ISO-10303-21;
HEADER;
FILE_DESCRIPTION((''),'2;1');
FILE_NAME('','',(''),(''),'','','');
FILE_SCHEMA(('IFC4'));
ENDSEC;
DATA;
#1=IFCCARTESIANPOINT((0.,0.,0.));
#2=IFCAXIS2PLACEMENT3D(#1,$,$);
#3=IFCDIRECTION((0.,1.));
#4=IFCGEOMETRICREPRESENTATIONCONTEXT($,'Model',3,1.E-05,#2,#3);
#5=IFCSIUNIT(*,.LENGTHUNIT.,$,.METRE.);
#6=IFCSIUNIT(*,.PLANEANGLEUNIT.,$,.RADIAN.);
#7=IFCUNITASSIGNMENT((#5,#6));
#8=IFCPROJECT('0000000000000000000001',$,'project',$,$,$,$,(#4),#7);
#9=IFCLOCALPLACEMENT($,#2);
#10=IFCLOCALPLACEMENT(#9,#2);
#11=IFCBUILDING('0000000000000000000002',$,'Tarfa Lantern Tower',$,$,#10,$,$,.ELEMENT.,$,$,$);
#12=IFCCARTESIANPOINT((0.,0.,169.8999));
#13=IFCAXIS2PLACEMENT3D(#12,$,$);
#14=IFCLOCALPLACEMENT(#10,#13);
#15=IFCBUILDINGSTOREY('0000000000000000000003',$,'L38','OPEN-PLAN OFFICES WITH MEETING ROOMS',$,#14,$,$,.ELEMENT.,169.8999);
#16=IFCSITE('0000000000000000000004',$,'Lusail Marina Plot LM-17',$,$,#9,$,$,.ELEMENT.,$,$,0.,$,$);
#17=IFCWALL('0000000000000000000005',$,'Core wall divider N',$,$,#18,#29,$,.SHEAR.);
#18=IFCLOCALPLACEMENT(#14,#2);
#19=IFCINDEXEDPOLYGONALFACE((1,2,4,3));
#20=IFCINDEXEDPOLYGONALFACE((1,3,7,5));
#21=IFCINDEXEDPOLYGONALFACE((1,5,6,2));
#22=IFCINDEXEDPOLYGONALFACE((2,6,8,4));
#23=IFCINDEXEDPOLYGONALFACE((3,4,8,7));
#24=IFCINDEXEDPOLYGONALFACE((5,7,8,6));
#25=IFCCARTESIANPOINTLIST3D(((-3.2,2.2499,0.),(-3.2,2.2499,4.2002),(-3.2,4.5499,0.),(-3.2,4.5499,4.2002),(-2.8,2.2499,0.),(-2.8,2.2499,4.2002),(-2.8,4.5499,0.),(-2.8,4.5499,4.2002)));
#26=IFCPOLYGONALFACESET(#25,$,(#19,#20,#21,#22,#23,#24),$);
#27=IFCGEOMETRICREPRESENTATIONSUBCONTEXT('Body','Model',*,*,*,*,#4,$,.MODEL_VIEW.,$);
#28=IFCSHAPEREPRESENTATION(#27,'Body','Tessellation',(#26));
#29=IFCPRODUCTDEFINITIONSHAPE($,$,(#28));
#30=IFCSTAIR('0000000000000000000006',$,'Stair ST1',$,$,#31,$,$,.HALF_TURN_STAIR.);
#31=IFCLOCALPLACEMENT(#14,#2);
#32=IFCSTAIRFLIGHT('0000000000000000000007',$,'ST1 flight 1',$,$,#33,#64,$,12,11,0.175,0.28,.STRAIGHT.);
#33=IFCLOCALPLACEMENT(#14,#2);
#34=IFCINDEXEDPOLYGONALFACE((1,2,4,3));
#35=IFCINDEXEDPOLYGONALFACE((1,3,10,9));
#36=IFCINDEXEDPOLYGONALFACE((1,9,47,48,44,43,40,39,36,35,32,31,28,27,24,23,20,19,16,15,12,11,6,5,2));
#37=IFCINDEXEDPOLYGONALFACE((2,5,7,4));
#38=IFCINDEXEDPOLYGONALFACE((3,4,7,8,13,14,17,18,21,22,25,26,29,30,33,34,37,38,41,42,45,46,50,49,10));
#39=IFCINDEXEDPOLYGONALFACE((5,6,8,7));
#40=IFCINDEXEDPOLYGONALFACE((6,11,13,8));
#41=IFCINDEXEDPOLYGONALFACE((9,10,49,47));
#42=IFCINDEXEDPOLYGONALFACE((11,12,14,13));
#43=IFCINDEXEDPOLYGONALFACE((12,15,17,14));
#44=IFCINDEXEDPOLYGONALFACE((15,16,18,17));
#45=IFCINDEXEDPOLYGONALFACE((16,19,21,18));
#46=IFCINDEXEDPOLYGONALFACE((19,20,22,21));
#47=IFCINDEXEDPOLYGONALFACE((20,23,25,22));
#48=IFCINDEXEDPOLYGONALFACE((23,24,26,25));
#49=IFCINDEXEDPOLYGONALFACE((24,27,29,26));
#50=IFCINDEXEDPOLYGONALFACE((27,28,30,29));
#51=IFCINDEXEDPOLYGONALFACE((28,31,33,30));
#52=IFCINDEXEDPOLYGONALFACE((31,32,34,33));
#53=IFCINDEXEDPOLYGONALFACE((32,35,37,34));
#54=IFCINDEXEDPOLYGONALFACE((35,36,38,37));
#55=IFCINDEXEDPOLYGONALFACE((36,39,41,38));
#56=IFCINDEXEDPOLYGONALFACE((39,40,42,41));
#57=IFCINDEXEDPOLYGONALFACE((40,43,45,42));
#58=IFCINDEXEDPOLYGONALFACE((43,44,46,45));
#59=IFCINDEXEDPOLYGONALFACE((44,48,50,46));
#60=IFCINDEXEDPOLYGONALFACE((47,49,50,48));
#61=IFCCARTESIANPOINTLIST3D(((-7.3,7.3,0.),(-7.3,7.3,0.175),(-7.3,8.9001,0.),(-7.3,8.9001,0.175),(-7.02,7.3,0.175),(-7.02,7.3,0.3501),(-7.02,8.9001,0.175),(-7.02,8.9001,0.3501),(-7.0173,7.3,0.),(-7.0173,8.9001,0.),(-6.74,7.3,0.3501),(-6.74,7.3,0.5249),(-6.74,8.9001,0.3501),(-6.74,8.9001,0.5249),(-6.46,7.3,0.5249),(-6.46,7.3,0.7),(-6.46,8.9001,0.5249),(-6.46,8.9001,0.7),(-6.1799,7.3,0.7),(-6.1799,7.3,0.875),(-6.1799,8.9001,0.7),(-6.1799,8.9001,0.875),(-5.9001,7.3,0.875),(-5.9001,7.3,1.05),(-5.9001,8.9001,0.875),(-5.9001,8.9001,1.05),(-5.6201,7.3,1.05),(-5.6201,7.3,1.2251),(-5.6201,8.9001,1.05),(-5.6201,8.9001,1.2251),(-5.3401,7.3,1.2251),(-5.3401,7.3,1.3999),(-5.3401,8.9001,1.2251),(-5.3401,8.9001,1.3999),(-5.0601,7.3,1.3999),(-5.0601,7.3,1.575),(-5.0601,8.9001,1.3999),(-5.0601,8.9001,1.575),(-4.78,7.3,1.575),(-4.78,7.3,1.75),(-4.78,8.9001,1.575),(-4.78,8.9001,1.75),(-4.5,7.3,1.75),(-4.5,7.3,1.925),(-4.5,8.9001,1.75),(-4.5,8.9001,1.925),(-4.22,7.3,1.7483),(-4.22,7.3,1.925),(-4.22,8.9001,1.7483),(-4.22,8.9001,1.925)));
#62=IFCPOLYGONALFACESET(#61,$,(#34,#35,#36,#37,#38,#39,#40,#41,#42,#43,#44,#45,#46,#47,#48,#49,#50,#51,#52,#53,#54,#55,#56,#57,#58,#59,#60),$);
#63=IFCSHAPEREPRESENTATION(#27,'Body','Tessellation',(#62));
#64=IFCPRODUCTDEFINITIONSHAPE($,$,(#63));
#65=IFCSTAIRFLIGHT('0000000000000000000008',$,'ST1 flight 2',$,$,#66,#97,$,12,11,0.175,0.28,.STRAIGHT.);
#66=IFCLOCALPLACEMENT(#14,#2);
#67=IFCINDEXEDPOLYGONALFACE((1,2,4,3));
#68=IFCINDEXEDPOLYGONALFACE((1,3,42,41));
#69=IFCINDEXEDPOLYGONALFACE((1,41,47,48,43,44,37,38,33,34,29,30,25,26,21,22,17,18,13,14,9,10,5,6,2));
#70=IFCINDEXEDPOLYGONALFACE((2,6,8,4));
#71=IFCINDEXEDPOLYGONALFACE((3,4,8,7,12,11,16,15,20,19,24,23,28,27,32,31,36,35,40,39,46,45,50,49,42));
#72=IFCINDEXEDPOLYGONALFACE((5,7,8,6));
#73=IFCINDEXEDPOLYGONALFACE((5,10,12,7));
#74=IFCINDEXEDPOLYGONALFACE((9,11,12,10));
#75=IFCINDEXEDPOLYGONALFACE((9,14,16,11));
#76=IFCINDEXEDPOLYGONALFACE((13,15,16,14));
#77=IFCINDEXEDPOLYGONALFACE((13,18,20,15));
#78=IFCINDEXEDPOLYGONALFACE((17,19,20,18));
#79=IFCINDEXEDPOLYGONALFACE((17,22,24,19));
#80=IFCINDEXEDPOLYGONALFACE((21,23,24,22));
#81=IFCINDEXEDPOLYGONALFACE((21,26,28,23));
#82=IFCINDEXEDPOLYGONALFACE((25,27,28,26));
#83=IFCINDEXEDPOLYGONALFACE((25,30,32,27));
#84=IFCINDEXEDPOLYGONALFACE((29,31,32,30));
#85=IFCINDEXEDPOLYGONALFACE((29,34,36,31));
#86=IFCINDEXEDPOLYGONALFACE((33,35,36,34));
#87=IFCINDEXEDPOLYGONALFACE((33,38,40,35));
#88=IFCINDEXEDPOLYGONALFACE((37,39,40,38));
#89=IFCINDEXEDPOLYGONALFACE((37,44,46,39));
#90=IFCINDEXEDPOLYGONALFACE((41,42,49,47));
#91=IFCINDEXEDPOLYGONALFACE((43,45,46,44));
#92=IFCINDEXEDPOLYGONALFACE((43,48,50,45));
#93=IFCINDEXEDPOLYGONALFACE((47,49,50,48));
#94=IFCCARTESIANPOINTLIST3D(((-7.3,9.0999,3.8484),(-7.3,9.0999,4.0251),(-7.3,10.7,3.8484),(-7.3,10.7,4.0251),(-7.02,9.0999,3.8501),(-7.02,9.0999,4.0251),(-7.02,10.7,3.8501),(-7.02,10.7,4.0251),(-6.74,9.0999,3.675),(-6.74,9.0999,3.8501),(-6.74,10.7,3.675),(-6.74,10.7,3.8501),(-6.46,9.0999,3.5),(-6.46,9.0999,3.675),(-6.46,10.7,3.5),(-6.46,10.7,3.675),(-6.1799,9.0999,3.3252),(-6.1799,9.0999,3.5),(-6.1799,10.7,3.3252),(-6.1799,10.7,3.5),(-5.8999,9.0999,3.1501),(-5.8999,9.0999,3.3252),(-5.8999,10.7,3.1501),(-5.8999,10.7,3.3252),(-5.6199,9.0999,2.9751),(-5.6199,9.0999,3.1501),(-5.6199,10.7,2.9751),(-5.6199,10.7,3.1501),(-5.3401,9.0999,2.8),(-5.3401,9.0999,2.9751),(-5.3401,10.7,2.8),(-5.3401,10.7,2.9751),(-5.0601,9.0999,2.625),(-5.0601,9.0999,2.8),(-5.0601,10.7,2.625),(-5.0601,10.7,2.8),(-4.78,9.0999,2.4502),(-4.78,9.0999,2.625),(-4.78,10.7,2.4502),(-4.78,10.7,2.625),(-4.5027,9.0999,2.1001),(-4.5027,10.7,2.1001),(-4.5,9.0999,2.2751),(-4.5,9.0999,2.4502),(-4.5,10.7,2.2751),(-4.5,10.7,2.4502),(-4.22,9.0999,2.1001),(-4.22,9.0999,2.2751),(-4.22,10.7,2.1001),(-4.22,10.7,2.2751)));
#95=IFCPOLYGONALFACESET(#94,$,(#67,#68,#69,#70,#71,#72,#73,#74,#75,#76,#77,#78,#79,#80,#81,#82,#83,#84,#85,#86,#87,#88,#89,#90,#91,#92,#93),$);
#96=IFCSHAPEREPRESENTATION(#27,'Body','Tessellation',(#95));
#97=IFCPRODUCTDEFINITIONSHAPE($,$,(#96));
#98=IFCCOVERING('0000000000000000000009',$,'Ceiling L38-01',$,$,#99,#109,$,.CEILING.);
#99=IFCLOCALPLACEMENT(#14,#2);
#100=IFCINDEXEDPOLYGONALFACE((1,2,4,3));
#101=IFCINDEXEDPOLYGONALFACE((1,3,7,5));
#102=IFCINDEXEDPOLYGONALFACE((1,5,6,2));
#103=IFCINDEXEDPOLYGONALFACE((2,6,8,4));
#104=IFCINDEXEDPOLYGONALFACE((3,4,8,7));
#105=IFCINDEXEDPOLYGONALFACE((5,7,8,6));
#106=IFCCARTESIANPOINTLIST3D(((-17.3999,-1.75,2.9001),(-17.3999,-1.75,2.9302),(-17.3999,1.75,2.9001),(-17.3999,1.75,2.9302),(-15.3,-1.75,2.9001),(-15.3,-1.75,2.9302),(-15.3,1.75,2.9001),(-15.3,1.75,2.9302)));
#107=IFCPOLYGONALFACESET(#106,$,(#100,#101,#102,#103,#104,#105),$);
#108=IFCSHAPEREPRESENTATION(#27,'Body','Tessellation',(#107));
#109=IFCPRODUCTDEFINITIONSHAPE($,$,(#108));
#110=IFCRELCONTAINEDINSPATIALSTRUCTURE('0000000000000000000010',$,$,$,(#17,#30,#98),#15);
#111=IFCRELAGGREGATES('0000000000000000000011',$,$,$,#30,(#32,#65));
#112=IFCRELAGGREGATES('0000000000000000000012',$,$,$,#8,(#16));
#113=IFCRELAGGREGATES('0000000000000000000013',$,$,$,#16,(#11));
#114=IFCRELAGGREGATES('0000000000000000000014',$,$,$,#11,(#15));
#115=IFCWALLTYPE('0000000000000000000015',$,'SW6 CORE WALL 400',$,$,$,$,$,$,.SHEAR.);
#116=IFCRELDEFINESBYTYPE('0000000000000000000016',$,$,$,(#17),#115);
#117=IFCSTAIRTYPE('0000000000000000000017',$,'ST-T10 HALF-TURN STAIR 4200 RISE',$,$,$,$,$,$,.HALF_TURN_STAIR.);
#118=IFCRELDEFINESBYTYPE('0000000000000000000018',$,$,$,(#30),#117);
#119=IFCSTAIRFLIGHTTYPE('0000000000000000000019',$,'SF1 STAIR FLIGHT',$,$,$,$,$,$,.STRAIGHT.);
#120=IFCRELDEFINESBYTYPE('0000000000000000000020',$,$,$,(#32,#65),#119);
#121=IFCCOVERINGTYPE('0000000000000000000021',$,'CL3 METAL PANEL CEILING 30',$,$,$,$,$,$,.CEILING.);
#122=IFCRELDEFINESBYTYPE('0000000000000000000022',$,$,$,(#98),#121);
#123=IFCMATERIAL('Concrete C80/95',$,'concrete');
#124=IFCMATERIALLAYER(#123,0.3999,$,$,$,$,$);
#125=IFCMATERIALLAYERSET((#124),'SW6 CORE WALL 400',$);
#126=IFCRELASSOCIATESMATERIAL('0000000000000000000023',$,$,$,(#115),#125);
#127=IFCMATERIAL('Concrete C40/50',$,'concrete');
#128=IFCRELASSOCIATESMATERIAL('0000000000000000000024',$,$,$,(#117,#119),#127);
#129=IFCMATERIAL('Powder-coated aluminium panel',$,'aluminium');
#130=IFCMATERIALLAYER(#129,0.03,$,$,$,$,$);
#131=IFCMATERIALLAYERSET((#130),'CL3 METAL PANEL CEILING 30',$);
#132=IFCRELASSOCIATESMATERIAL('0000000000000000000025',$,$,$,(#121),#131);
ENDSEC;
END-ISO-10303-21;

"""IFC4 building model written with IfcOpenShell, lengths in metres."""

from ifc_helpers import new_model, si_unit, direction, frame, frame_2d, origin, place, context, subcontext, project, spatial, polyline, rectangle, outline, extrude, material, layer, layer_set, type_object, element, aggregate, save


model = new_model("IFC4")

# Units and contexts
model_context = context("Model", 3, precision=1e-05, world=origin(), true_north=direction((0.0, 1.0)))
body_context = subcontext(model_context, "Body", "Model", "MODEL_VIEW")
ifc_project = project(units=[si_unit("LENGTHUNIT", "METRE"), si_unit("PLANEANGLEUNIT", "RADIAN")], contexts=[model_context])

# Site, building, storey
site_placement = place(None, origin())
site = spatial("IfcSite", under=ifc_project, at=site_placement, Name="Lusail Marina Plot LM-17", CompositionType="ELEMENT", RefElevation=0.0)
building_placement = place(site_placement, origin())
building = spatial("IfcBuilding", under=site, at=building_placement, Name="Tarfa Lantern Tower", CompositionType="ELEMENT")
storey_placement = place(building_placement, frame((0.0, 0.0, 169.8999)))
storey = spatial("IfcBuildingStorey", under=building, at=storey_placement, Name="L38", Description="OPEN-PLAN OFFICES WITH MEETING ROOMS", CompositionType="ELEMENT", Elevation=169.8999)

# Shared definitions
ifc_material_1 = material(Name="Concrete C80/95", Category="concrete")

# Wall
ifc_layer_1 = layer(ifc_material_1, 0.3999)
ifc_layer_set_1 = layer_set([ifc_layer_1], Name="SW6 CORE WALL 400")
wall_type_1 = type_object("IfcWallType", Name="SW6 CORE WALL 400", PredefinedType="SHEAR", material=ifc_layer_set_1)
for number, where, z_axis, x_axis, name in (
    (1, (-3.0, 2.25, 0.0), (0.0, 0.0, 1.0), (0.0, 1.0, 0.0), "Core wall divider N"),
):
    element("IfcWall", number, at=place(storey_placement, frame(where, z_axis=z_axis, x_axis=x_axis)), inside=storey, type_object=wall_type_1, Name=name, PredefinedType="SHEAR", context=body_context, shape_type="SweptSolid", body=[
        extrude(rectangle(XDim=2.3, YDim=0.3999, at=frame_2d((1.1499, 0.0))), origin(), (0.0, 0.0, 1.0), 4.2002),
    ])

# Stair, stair flights
ifc_material_2 = material(Name="Concrete C40/50", Category="concrete")
stair_type = type_object("IfcStairType", Name="ST-T10 HALF-TURN STAIR 4200 RISE", PredefinedType="HALF_TURN_STAIR", material=ifc_material_2)
stair_placement = place(storey_placement, origin())
stair = element("IfcStair", 2, at=stair_placement, inside=storey, type_object=stair_type, Name="Stair ST1", PredefinedType="HALF_TURN_STAIR")
stair_flight_type = type_object("IfcStairFlightType", Name="SF1 STAIR FLIGHT", PredefinedType="STRAIGHT", material=ifc_material_2)
stair_flight_1_placement = place(storey_placement, frame((-7.3, 8.1001, 0.0), z_axis=(0.0, 0.0, 1.0), x_axis=(1.0, 0.0, 0.0)))
stair_flight_1 = element("IfcStairFlight", 3, at=stair_flight_1_placement, type_object=stair_flight_type, Name="ST1 flight 1", NumberOfRisers=12, NumberOfTreads=11, PredefinedType="STRAIGHT", RiserHeight=0.175, TreadLength=0.28, context=body_context, shape_type="SweptSolid", body=[
    extrude(outline(polyline([(0.0, 0.0), (0.0, 0.175), (0.28, 0.175), (0.28, 0.3501), (0.5601, 0.3501), (0.5601, 0.5249), (0.8401, 0.5249), (0.8401, 0.7), (1.1201, 0.7), (1.1201, 0.875), (1.3999, 0.875), (1.3999, 1.05), (1.6799, 1.05), (1.6799, 1.2251), (1.96, 1.2251), (1.96, 1.3999), (2.24, 1.3999), (2.24, 1.575), (2.52, 1.575), (2.52, 1.75), (2.8, 1.75), (2.8, 1.925), (3.0801, 1.925), (3.0801, 2.1001), (3.0801, 1.7483), (0.2827, 0.0), (0.0, 0.0)])), frame((0.0, 0.8, 0.0), z_axis=(0.0, -1.0, 0.0), x_axis=(1.0, 0.0, 0.0)), (0.0, 0.0, 1.0), 1.6001),
])
stair_flight_2_placement = place(storey_placement, frame((-4.22, 9.8999, 2.1001), z_axis=(0.0, 0.0, 1.0), x_axis=(-1.0, 0.0, 0.0)))
stair_flight_2 = element("IfcStairFlight", 4, at=stair_flight_2_placement, type_object=stair_flight_type, Name="ST1 flight 2", NumberOfRisers=12, NumberOfTreads=11, PredefinedType="STRAIGHT", RiserHeight=0.175, TreadLength=0.28, context=body_context, shape_type="SweptSolid", body=[
    extrude(outline(polyline([(0.0, 0.0), (0.0, 0.175), (0.28, 0.175), (0.28, 0.3501), (0.5601, 0.3501), (0.5601, 0.5249), (0.8401, 0.5249), (0.8401, 0.7), (1.1201, 0.7), (1.1201, 0.875), (1.3999, 0.875), (1.3999, 1.05), (1.6799, 1.05), (1.6799, 1.2251), (1.96, 1.2251), (1.96, 1.3999), (2.24, 1.3999), (2.24, 1.575), (2.52, 1.575), (2.52, 1.75), (2.8, 1.75), (2.8, 1.925), (3.0801, 1.925), (3.0801, 2.1001), (3.0801, 1.7483), (0.2827, 0.0), (0.0, 0.0)])), frame((0.0, 0.8, 0.0), z_axis=(0.0, -1.0, 0.0), x_axis=(1.0, 0.0, 0.0)), (0.0, 0.0, 1.0), 1.6001),
])
aggregate(stair, [stair_flight_1, stair_flight_2])

# Covering
ifc_material_3 = material(Name="Powder-coated aluminium panel", Category="aluminium")
ifc_layer_2 = layer(ifc_material_3, 0.03)
ifc_layer_set_2 = layer_set([ifc_layer_2], Name="CL3 METAL PANEL CEILING 30")
covering_type = type_object("IfcCoveringType", Name="CL3 METAL PANEL CEILING 30", PredefinedType="CEILING", material=ifc_layer_set_2)
covering_placement = place(storey_placement, frame((0.0, 0.0, 2.9001)))
element("IfcCovering", 5, at=covering_placement, inside=storey, type_object=covering_type, Name="Ceiling L38-01", PredefinedType="CEILING", context=body_context, shape_type="SweptSolid", body=[
    extrude(outline(polyline([(-17.3999, -1.75), (-15.3, -1.75), (-15.3, 1.75), (-17.3999, 1.75), (-17.3999, -1.75)])), origin(), (0.0, 0.0, 1.0), 0.03),
])

save(model, "model.ifc")
